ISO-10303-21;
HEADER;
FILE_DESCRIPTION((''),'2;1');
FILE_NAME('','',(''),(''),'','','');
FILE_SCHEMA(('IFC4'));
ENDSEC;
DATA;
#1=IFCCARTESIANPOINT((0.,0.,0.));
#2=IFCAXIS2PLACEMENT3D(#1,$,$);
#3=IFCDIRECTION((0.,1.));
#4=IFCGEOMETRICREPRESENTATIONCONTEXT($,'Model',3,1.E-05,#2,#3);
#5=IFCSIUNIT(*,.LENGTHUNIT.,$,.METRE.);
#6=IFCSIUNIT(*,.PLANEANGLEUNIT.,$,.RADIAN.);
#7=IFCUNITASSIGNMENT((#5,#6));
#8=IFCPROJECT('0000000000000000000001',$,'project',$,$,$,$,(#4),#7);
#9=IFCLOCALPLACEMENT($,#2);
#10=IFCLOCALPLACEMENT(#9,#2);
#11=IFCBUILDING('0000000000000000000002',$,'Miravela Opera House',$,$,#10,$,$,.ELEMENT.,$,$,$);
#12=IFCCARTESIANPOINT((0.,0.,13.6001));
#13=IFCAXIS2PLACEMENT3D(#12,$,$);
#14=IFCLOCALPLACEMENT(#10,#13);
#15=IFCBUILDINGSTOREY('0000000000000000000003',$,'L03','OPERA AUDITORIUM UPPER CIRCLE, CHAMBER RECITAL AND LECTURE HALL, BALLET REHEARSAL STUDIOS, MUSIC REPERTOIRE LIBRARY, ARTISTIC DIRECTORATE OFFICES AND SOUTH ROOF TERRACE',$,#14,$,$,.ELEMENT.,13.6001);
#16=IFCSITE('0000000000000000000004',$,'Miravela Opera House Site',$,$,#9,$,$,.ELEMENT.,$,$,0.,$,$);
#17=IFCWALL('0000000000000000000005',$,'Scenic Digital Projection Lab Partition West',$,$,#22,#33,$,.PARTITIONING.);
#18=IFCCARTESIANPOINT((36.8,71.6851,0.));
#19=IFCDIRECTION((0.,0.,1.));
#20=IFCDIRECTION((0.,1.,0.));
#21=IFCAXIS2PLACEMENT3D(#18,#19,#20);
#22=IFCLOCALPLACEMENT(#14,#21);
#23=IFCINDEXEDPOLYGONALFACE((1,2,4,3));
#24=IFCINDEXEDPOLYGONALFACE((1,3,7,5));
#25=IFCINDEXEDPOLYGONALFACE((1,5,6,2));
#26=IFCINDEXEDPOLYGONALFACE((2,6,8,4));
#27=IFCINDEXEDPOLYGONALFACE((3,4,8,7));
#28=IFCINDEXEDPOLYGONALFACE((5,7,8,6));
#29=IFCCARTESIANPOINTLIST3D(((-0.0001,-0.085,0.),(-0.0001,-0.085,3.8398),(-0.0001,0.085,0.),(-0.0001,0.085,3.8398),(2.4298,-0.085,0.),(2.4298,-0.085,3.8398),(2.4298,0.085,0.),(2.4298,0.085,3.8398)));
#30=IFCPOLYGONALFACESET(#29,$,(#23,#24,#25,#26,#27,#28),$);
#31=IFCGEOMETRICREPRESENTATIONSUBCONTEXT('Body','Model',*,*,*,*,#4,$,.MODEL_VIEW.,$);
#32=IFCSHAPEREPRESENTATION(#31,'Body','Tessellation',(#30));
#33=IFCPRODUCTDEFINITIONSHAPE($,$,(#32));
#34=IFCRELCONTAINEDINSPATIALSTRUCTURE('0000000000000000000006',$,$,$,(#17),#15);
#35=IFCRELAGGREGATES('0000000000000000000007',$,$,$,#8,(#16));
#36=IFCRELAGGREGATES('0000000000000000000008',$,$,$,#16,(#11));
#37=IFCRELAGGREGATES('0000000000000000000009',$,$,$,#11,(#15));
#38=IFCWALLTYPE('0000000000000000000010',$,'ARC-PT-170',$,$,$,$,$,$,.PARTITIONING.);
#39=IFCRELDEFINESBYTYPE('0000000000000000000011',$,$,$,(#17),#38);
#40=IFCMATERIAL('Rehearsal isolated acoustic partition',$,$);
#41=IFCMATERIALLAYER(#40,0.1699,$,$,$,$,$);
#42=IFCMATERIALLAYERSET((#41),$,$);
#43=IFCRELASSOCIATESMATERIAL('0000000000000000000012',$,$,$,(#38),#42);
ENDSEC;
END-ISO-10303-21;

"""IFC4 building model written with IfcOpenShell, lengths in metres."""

from ifc_helpers import new_model, si_unit, direction, frame, frame_2d, origin, place, context, subcontext, project, spatial, rectangle, extrude, material, layer, layer_set, type_object, element, save


model = new_model("IFC4")

# Units and contexts
model_context = context("Model", 3, precision=1e-05, world=origin(), true_north=direction((0.0, 1.0)))
body_context = subcontext(model_context, "Body", "Model", "MODEL_VIEW")
ifc_project = project(units=[si_unit("LENGTHUNIT", "METRE"), si_unit("PLANEANGLEUNIT", "RADIAN")], contexts=[model_context])

# Site, building, storey
site_placement = place(None, origin())
site = spatial("IfcSite", under=ifc_project, at=site_placement, Name="Miravela Opera House Site", CompositionType="ELEMENT", RefElevation=0.0)
building_placement = place(site_placement, origin())
building = spatial("IfcBuilding", under=site, at=building_placement, Name="Miravela Opera House", CompositionType="ELEMENT")
storey_placement = place(building_placement, frame((0.0, 0.0, 13.6001)))
storey = spatial("IfcBuildingStorey", under=building, at=storey_placement, Name="L03", Description="OPERA AUDITORIUM UPPER CIRCLE, CHAMBER RECITAL AND LECTURE HALL, BALLET REHEARSAL STUDIOS, MUSIC REPERTOIRE LIBRARY, ARTISTIC DIRECTORATE OFFICES AND SOUTH ROOF TERRACE", CompositionType="ELEMENT", Elevation=13.6001)

# Shared definitions
ifc_material_1 = material(Name="Rehearsal isolated acoustic partition")
ifc_layer_1 = layer(ifc_material_1, 0.1699)
ifc_layer_set_1 = layer_set([ifc_layer_1])
wall_type_1 = type_object("IfcWallType", Name="ARC-PT-170", PredefinedType="PARTITIONING", material=ifc_layer_set_1)

# Wall
wall_1_placement = place(storey_placement, frame((36.8, 71.6851, 0.0), z_axis=(0.0, 0.0, 1.0), x_axis=(0.0, 1.0, 0.0)))
element("IfcWall", 1, at=wall_1_placement, inside=storey, type_object=wall_type_1, Name="Scenic Digital Projection Lab Partition West", PredefinedType="PARTITIONING", context=body_context, shape_type="SweptSolid", body=[
    extrude(rectangle(XDim=2.4299, YDim=0.1699, at=frame_2d((1.2148, 0.0))), origin(), (0.0, 0.0, 1.0), 3.8398),
])

save(model, "model.ifc")
